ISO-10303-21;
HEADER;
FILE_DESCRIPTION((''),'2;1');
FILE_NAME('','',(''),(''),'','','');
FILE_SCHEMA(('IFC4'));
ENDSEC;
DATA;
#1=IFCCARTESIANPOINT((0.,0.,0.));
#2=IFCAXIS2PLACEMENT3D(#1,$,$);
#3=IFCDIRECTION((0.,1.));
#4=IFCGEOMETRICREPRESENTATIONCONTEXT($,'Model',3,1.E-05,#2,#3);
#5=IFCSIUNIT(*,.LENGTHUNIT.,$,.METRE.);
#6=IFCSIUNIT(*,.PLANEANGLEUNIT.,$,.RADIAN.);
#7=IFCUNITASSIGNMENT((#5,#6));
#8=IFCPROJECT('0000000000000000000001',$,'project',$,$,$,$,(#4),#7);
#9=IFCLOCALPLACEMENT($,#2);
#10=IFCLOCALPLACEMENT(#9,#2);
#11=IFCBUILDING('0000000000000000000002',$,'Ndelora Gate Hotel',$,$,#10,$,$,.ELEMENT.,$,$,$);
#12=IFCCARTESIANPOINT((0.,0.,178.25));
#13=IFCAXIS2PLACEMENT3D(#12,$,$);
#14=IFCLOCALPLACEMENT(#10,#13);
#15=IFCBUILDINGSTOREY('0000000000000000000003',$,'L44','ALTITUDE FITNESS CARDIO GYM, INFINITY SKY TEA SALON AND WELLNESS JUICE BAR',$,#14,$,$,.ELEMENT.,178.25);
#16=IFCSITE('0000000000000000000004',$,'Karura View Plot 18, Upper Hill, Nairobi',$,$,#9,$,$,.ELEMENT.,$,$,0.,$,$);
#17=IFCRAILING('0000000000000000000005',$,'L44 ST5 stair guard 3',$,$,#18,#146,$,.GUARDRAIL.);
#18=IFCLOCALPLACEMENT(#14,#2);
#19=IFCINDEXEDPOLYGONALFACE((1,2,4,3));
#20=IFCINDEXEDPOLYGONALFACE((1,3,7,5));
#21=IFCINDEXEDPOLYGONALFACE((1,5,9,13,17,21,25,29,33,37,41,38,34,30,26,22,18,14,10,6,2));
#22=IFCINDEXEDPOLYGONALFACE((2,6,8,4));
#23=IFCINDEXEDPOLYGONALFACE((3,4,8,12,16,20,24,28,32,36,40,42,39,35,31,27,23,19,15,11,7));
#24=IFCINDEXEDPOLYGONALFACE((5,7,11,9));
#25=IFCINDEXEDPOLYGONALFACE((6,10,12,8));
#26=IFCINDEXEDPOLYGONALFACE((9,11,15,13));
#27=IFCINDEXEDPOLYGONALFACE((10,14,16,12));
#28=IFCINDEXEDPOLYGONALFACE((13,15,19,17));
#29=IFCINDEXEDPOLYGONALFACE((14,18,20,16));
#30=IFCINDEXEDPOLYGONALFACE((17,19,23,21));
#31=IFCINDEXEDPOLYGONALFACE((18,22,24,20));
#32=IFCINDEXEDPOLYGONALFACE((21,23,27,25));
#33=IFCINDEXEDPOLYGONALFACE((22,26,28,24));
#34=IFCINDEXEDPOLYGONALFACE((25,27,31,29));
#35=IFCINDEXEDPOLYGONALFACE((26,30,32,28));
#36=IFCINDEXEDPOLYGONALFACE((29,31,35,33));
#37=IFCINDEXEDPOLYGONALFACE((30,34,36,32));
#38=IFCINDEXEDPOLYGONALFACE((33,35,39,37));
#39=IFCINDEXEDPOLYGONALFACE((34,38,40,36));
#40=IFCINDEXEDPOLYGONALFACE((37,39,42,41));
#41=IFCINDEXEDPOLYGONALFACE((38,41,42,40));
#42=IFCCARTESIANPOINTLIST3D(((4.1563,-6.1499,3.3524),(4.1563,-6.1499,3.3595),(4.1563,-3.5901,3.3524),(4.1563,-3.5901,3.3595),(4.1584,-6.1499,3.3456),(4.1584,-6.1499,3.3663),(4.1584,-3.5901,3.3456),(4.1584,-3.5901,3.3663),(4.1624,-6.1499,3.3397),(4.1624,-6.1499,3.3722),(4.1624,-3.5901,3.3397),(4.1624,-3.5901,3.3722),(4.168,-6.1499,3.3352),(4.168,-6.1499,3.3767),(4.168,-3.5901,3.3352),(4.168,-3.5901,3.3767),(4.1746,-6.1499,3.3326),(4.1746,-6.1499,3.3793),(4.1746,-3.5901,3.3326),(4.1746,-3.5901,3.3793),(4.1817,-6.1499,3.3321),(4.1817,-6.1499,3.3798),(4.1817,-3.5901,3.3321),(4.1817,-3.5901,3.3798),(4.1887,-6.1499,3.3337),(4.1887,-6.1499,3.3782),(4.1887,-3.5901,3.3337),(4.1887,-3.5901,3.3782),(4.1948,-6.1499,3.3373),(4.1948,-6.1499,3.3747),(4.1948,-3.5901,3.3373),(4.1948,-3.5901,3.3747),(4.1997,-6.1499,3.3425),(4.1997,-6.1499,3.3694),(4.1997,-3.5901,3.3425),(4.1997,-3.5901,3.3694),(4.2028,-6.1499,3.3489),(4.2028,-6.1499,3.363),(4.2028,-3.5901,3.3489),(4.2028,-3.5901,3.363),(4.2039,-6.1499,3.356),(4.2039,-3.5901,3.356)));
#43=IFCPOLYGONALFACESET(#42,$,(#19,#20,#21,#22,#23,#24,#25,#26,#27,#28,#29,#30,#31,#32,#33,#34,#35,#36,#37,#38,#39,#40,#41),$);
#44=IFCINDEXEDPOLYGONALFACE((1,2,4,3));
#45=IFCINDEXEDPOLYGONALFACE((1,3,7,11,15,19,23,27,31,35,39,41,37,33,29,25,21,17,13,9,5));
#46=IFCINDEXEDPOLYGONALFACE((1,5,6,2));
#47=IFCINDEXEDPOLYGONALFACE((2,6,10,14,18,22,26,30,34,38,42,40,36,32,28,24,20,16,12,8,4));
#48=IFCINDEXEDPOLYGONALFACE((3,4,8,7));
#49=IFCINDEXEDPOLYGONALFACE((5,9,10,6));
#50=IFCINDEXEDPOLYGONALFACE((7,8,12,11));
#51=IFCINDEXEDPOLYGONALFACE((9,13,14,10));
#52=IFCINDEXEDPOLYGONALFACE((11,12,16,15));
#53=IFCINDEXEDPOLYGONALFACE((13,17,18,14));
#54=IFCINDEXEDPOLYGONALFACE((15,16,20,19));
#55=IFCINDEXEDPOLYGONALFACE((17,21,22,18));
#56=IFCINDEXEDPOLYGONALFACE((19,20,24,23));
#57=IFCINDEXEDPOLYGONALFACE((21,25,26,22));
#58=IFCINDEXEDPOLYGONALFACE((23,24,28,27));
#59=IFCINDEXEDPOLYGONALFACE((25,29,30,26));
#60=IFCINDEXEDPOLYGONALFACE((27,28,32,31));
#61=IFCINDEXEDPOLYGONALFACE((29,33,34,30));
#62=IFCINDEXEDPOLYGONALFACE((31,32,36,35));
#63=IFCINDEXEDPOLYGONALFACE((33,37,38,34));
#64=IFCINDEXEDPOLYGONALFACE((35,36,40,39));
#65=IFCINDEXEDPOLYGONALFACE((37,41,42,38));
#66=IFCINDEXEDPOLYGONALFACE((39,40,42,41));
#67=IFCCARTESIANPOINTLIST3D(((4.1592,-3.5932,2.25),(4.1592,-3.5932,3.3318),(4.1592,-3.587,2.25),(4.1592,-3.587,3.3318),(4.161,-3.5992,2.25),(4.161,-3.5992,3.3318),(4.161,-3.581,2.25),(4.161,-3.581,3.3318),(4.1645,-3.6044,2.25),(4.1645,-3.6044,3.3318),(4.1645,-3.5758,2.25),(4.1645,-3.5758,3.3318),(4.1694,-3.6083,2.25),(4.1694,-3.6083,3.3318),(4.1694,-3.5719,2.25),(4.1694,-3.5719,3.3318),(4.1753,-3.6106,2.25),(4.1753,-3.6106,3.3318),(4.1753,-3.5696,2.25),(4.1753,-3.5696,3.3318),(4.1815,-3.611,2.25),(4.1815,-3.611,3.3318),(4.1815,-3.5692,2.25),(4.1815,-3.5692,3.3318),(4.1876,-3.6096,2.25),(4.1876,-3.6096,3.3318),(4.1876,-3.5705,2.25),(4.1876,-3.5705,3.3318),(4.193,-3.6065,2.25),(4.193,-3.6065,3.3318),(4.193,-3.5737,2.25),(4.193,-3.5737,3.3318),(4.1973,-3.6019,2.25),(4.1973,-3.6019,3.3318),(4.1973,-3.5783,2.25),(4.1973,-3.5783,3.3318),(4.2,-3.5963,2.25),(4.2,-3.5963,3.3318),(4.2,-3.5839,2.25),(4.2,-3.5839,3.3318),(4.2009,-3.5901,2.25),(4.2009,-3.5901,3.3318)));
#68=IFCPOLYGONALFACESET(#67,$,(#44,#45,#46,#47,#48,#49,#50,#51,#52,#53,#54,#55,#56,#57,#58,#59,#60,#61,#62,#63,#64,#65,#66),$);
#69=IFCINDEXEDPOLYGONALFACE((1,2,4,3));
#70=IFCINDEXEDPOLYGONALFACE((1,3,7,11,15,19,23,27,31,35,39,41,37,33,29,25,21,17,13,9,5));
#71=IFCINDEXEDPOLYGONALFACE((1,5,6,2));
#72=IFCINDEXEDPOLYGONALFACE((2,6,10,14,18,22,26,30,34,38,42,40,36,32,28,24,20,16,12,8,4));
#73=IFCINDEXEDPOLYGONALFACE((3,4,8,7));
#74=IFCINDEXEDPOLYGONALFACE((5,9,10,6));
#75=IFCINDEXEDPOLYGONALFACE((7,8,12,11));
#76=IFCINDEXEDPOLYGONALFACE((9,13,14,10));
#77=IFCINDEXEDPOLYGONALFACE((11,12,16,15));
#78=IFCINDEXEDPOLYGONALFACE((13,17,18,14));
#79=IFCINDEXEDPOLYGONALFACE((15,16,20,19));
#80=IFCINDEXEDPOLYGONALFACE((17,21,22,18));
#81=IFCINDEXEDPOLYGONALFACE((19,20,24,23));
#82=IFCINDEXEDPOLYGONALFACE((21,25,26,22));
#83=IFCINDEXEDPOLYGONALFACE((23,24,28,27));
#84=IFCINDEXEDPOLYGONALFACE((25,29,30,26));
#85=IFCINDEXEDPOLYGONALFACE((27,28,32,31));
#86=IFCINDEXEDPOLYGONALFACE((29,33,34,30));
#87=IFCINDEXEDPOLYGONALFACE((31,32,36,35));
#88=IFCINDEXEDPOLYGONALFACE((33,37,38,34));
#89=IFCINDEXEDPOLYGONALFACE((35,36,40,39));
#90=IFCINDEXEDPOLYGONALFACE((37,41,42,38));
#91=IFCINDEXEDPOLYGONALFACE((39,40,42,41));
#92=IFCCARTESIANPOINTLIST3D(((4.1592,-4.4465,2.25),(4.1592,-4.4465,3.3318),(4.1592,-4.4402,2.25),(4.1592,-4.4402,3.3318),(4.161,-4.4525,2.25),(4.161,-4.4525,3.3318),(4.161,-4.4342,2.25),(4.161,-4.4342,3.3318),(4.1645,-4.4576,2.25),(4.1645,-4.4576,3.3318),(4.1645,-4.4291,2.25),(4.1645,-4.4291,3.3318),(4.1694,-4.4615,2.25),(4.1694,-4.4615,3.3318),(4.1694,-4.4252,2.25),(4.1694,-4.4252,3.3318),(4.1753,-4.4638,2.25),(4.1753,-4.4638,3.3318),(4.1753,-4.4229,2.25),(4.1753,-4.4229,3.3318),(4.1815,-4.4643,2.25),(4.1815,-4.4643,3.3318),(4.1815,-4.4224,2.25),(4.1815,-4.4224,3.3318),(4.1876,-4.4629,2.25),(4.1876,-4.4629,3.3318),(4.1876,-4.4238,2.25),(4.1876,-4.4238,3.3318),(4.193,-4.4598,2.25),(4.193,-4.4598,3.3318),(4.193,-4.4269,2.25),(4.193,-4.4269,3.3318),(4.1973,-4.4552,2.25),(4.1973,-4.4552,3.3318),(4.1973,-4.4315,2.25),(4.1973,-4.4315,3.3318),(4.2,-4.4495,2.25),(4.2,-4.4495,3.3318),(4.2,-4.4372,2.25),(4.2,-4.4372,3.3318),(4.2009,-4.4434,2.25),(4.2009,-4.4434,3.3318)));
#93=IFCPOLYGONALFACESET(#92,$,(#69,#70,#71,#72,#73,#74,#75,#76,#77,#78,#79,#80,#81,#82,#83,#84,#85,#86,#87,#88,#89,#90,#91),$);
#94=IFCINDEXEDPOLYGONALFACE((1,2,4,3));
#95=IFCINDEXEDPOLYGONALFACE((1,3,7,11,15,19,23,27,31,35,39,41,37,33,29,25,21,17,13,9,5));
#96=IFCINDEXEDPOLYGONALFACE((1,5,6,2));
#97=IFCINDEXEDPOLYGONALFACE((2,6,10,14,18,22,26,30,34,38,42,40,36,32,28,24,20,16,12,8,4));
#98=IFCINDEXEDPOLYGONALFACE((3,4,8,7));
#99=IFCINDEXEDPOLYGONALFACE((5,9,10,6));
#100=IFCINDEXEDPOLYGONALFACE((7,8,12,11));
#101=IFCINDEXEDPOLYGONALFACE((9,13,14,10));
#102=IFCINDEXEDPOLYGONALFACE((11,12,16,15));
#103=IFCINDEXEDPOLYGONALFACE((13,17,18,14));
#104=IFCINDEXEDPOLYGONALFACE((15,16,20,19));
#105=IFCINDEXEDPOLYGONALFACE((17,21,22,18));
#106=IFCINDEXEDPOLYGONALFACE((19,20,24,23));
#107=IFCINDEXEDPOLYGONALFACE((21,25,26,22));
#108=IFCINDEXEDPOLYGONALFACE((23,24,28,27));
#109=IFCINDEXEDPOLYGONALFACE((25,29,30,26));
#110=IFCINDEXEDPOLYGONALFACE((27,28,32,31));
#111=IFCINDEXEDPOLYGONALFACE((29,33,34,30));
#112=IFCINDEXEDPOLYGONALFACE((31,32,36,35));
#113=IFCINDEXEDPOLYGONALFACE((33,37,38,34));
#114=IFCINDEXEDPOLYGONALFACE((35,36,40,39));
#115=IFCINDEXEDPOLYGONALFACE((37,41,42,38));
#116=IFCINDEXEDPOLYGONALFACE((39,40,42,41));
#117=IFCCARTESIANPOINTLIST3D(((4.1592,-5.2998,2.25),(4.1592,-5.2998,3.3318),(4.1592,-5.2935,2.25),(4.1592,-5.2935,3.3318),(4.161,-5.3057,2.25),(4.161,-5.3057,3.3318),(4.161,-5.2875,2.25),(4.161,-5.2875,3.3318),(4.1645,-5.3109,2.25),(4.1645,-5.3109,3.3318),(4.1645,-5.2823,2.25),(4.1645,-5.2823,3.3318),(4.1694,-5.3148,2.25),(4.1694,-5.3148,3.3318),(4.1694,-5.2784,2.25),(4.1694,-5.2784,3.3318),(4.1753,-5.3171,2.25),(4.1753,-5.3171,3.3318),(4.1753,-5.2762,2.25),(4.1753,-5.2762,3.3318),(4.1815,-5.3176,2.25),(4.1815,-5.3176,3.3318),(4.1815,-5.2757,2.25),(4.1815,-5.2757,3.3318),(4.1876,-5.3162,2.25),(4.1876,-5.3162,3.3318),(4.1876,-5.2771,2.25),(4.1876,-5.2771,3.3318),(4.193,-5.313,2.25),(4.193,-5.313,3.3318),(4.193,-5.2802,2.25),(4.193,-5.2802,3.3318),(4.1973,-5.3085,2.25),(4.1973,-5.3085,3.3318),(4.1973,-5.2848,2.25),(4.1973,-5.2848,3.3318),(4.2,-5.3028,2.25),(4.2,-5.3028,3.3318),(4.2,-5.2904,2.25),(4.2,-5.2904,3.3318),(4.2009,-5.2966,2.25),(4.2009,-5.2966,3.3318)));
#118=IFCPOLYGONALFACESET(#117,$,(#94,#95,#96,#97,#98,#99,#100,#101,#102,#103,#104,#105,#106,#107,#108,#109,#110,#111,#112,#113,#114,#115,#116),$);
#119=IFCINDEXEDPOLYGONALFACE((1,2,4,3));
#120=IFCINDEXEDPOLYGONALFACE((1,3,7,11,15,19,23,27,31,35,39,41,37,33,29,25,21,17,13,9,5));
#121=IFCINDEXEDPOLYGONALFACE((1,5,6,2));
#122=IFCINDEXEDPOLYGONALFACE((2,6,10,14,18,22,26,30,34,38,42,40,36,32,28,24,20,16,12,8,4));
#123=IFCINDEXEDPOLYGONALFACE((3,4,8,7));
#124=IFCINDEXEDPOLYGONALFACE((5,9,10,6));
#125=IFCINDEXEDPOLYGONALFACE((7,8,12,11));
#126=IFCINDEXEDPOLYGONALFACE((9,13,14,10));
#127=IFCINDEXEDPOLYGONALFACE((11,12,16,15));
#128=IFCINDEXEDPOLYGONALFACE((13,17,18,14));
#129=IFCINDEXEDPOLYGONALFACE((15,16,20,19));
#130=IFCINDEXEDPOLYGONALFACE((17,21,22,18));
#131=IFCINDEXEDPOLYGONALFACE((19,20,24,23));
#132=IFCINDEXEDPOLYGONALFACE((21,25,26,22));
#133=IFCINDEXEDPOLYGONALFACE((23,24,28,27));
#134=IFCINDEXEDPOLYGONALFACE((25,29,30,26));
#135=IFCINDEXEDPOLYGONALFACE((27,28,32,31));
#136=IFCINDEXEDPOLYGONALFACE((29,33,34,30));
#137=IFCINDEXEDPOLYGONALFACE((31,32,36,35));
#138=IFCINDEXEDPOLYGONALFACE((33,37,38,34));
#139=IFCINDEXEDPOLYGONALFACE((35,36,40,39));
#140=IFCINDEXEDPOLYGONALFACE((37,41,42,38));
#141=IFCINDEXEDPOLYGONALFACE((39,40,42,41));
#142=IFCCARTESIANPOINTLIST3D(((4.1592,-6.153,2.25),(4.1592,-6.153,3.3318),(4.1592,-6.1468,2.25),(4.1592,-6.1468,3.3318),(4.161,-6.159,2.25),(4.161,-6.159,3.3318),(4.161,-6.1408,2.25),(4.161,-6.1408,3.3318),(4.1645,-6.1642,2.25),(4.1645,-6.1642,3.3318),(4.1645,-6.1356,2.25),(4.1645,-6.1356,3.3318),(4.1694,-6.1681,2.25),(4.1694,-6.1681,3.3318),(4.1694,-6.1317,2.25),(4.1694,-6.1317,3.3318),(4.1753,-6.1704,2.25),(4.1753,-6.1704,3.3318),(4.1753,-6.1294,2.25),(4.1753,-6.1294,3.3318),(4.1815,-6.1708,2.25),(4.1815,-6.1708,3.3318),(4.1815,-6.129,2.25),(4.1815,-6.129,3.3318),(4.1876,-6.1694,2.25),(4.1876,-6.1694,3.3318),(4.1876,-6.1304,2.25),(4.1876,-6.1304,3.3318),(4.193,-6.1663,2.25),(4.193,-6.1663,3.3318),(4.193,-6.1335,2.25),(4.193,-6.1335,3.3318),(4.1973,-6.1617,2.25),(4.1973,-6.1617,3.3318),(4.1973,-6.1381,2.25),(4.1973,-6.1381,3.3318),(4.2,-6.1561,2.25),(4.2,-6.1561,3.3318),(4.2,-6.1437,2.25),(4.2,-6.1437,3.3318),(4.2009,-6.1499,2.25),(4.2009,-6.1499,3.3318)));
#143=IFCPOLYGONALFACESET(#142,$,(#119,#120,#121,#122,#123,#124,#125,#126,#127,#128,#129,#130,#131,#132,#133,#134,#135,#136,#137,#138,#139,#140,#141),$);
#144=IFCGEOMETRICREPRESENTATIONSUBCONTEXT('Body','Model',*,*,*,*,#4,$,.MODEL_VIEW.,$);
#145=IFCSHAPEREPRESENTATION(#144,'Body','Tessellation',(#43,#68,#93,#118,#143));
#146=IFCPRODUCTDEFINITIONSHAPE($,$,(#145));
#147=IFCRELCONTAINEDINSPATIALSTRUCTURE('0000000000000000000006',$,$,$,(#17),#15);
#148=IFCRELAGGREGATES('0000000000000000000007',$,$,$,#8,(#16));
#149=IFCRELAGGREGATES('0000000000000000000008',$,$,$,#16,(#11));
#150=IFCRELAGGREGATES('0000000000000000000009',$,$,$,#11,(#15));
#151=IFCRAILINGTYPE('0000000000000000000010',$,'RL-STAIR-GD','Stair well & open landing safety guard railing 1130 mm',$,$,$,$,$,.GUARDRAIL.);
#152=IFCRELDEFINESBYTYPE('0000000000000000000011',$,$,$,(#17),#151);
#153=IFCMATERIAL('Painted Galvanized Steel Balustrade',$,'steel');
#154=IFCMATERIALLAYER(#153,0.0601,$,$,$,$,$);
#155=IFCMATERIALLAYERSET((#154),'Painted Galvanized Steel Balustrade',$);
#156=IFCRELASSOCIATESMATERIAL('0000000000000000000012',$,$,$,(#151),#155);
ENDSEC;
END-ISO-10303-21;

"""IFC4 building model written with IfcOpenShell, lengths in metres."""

from ifc_helpers import new_model, si_unit, direction, frame, origin, origin_2d, place, context, subcontext, project, spatial, circle, extrude, material, layer, layer_set, type_object, element, save


model = new_model("IFC4")

# Units and contexts
model_context = context("Model", 3, precision=1e-05, world=origin(), true_north=direction((0.0, 1.0)))
body_context = subcontext(model_context, "Body", "Model", "MODEL_VIEW")
ifc_project = project(units=[si_unit("LENGTHUNIT", "METRE"), si_unit("PLANEANGLEUNIT", "RADIAN")], contexts=[model_context])

# Site, building, storey
site_placement = place(None, origin())
site = spatial("IfcSite", under=ifc_project, at=site_placement, Name="Karura View Plot 18, Upper Hill, Nairobi", CompositionType="ELEMENT", RefElevation=0.0)
building_placement = place(site_placement, origin())
building = spatial("IfcBuilding", under=site, at=building_placement, Name="Ndelora Gate Hotel", CompositionType="ELEMENT")
storey_placement = place(building_placement, frame((0.0, 0.0, 178.25)))
storey = spatial("IfcBuildingStorey", under=building, at=storey_placement, Name="L44", Description="ALTITUDE FITNESS CARDIO GYM, INFINITY SKY TEA SALON AND WELLNESS JUICE BAR", CompositionType="ELEMENT", Elevation=178.25)

# Railing
ifc_material_1 = material(Name="Painted Galvanized Steel Balustrade", Category="steel")
ifc_layer_1 = layer(ifc_material_1, 0.0601)
ifc_layer_set_1 = layer_set([ifc_layer_1], Name="Painted Galvanized Steel Balustrade")
railing_type_1 = type_object("IfcRailingType", Name="RL-STAIR-GD", Description="Stair well & open landing safety guard railing 1130 mm", PredefinedType="GUARDRAIL", material=ifc_layer_set_1)
for number, where, name in (
    (1, (4.1799, -3.5901, 2.25), "L44 ST5 stair guard 3"),
):
    element("IfcRailing", number, at=place(storey_placement, frame(where)), inside=storey, type_object=railing_type_1, Name=name, PredefinedType="GUARDRAIL", context=body_context, shape_type="SweptSolid", body=[
        extrude(circle(Radius=0.0239, at=origin_2d()), frame((0.0, 0.0, 1.106), z_axis=(0.0, -1.0, 0.0), x_axis=(1.0, 0.0, 0.0)), (0.0, 0.0, 1.0), 2.5598),
        extrude(circle(Radius=0.021, at=origin_2d()), origin(), (0.0, 0.0, 1.0), 1.0818),
        extrude(circle(Radius=0.021, at=origin_2d()), frame((0.0, -0.8533, 0.0)), (0.0, 0.0, 1.0), 1.0818),
        extrude(circle(Radius=0.021, at=origin_2d()), frame((0.0, -1.7065, 0.0)), (0.0, 0.0, 1.0), 1.0818),
        extrude(circle(Radius=0.021, at=origin_2d()), frame((0.0, -2.5598, 0.0)), (0.0, 0.0, 1.0), 1.0818),
    ])

save(model, "model.ifc")
